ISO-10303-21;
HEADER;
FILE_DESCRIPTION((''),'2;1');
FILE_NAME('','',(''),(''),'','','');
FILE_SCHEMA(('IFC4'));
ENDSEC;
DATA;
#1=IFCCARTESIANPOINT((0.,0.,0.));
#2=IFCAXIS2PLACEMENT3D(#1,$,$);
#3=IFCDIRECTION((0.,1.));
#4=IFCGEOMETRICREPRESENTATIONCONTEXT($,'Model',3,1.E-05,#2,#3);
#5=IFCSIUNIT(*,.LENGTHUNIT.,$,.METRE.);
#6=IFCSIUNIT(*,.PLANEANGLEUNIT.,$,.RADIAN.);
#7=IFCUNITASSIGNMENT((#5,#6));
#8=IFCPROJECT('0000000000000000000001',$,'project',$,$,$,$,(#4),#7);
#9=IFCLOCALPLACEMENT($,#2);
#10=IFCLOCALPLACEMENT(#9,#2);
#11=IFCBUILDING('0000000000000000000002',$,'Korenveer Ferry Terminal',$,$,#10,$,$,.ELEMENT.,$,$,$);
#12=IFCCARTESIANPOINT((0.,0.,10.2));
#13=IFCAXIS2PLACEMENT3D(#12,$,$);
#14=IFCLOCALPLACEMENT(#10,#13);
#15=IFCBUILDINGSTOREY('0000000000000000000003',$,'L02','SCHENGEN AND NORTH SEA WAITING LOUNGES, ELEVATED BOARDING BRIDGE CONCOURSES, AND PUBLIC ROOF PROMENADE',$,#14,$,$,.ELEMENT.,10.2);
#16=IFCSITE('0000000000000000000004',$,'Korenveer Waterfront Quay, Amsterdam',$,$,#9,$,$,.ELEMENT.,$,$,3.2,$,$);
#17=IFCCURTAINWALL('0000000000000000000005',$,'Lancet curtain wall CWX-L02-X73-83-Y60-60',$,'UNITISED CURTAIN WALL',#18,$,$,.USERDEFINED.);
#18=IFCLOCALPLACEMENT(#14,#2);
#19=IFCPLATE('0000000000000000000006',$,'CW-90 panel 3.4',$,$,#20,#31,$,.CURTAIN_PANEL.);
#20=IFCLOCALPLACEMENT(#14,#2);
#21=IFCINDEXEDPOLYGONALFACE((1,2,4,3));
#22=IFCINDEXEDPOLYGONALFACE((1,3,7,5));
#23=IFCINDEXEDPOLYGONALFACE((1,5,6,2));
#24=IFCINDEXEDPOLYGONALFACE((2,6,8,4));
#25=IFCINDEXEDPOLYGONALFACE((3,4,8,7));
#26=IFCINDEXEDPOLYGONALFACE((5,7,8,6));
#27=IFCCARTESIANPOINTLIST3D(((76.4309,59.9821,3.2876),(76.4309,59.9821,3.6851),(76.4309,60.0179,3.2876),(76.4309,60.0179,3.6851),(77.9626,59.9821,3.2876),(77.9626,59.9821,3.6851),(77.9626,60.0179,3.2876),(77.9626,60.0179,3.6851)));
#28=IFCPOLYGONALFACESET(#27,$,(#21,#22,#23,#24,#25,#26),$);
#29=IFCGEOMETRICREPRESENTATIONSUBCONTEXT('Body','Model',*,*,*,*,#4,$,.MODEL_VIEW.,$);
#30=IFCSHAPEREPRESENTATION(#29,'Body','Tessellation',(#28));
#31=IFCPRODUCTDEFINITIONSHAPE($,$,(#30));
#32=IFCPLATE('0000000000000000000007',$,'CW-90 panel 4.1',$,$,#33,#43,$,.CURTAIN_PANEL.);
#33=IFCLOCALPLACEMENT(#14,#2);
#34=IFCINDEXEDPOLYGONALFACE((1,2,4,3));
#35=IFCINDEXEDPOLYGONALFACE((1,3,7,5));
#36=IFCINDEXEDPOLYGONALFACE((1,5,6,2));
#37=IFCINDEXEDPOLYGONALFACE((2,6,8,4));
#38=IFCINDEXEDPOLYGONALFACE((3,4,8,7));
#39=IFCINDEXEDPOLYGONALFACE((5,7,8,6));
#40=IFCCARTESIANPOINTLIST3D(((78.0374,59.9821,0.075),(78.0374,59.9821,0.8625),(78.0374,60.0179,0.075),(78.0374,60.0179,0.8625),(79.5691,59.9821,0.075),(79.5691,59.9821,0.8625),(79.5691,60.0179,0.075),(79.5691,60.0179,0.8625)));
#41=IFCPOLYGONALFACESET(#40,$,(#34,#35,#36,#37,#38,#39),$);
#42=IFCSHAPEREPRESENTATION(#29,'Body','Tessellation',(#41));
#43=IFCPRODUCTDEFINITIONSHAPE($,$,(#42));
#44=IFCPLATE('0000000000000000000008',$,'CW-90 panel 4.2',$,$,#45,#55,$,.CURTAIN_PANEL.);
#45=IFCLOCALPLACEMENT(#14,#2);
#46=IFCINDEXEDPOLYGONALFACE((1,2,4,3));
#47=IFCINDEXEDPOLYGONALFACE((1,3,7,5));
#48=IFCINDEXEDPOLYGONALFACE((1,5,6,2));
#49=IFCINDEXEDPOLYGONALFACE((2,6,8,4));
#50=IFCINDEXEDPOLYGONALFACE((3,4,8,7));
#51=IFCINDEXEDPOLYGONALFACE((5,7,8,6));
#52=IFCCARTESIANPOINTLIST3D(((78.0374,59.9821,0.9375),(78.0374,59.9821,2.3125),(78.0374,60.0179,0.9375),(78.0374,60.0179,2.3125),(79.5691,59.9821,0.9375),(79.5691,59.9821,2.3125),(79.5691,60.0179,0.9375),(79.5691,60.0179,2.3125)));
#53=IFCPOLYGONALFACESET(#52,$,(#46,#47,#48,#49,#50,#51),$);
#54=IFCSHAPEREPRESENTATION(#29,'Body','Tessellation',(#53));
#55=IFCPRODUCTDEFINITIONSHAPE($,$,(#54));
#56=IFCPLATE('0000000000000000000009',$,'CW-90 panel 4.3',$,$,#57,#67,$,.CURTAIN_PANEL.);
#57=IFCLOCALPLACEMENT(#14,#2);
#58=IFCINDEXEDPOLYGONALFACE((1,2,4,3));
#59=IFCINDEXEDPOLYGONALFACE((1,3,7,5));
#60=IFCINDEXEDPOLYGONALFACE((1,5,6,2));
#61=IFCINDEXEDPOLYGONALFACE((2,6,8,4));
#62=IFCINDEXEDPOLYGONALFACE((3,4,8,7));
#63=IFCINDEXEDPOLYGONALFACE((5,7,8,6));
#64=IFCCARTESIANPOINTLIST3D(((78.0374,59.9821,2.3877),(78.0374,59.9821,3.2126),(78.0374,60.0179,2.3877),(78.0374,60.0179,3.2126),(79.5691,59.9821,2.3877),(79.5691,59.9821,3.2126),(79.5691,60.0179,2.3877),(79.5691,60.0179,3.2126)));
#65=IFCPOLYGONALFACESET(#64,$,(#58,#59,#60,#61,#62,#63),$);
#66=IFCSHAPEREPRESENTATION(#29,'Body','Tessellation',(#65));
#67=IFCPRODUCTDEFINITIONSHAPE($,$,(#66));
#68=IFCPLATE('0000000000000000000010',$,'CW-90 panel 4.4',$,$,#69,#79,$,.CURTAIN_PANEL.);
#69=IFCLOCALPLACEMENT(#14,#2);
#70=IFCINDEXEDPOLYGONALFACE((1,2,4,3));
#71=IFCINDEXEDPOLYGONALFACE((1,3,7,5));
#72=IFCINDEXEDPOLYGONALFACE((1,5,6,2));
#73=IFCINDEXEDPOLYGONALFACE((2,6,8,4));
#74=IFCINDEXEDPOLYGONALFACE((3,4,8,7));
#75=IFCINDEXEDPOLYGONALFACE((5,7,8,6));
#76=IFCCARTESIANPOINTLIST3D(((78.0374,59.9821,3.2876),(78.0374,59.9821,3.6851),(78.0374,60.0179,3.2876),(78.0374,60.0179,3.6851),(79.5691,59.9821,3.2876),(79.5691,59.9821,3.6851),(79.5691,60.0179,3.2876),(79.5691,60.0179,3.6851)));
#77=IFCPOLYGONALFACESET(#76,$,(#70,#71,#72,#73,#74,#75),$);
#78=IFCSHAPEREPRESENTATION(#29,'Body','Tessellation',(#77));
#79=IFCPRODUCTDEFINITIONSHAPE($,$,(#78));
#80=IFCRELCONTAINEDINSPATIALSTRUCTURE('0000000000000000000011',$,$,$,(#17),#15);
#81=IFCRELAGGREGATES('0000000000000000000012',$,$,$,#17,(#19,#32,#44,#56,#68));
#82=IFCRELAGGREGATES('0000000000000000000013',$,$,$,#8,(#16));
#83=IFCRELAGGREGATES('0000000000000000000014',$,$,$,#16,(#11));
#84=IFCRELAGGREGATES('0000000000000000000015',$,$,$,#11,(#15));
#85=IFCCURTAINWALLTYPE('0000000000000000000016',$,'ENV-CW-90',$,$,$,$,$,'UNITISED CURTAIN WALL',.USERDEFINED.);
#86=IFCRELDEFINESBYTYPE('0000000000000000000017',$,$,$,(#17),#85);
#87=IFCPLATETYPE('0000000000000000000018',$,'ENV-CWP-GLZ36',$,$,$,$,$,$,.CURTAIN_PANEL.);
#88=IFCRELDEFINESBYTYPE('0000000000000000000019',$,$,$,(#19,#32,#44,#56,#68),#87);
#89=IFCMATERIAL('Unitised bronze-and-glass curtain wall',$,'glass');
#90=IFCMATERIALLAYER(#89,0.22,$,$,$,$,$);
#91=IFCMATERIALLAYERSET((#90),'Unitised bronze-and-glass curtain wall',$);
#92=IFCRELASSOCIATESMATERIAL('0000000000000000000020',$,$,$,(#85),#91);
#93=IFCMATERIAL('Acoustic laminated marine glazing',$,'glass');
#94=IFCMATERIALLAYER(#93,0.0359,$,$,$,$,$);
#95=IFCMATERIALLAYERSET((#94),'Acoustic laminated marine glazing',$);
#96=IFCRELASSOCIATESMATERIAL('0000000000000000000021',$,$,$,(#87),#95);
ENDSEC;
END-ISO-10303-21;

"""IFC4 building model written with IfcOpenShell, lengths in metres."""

from ifc_helpers import new_model, si_unit, direction, frame, origin, origin_2d, place, context, subcontext, project, spatial, rectangle, extrude, material, layer, layer_set, type_object, element, aggregate, save


model = new_model("IFC4")

# Units and contexts
model_context = context("Model", 3, precision=1e-05, world=origin(), true_north=direction((0.0, 1.0)))
body_context = subcontext(model_context, "Body", "Model", "MODEL_VIEW")
ifc_project = project(units=[si_unit("LENGTHUNIT", "METRE"), si_unit("PLANEANGLEUNIT", "RADIAN")], contexts=[model_context])

# Site, building, storey
site_placement = place(None, origin())
site = spatial("IfcSite", under=ifc_project, at=site_placement, Name="Korenveer Waterfront Quay, Amsterdam", CompositionType="ELEMENT", RefElevation=3.2)
building_placement = place(site_placement, origin())
building = spatial("IfcBuilding", under=site, at=building_placement, Name="Korenveer Ferry Terminal", CompositionType="ELEMENT")
storey_placement = place(building_placement, frame((0.0, 0.0, 10.2)))
storey = spatial("IfcBuildingStorey", under=building, at=storey_placement, Name="L02", Description="SCHENGEN AND NORTH SEA WAITING LOUNGES, ELEVATED BOARDING BRIDGE CONCOURSES, AND PUBLIC ROOF PROMENADE", CompositionType="ELEMENT", Elevation=10.2)

# Curtain wall, plates
ifc_material_1 = material(Name="Unitised bronze-and-glass curtain wall", Category="glass")
ifc_layer_1 = layer(ifc_material_1, 0.22)
ifc_layer_set_1 = layer_set([ifc_layer_1], Name="Unitised bronze-and-glass curtain wall")
curtain_wall_type = type_object("IfcCurtainWallType", Name="ENV-CW-90", ElementType="UNITISED CURTAIN WALL", PredefinedType="USERDEFINED", material=ifc_layer_set_1)
curtain_wall_placement = place(storey_placement, frame((73.1799, 60.0, 0.0)))
curtain_wall = element("IfcCurtainWall", 1, at=curtain_wall_placement, inside=storey, type_object=curtain_wall_type, Name="Lancet curtain wall CWX-L02-X73-83-Y60-60", ObjectType="UNITISED CURTAIN WALL", PredefinedType="USERDEFINED")
ifc_material_2 = material(Name="Acoustic laminated marine glazing", Category="glass")
ifc_layer_2 = layer(ifc_material_2, 0.0359)
ifc_layer_set_2 = layer_set([ifc_layer_2], Name="Acoustic laminated marine glazing")
plate_type = type_object("IfcPlateType", Name="ENV-CWP-GLZ36", PredefinedType="CURTAIN_PANEL", material=ifc_layer_set_2)
plate_1_placement = place(storey_placement, frame((77.1968, 60.0, 3.2876), z_axis=(0.0, 0.0, 1.0), x_axis=(1.0, 0.0, 0.0)))
plate_1 = element("IfcPlate", 2, at=plate_1_placement, type_object=plate_type, Name="CW-90 panel 3.4", PredefinedType="CURTAIN_PANEL", context=body_context, shape_type="SweptSolid", body=[
    extrude(rectangle(XDim=1.5317, YDim=0.0359, at=origin_2d()), origin(), (0.0, 0.0, 1.0), 0.3975),
])
plate_2_placement = place(storey_placement, frame((78.8032, 60.0, 0.075), z_axis=(0.0, 0.0, 1.0), x_axis=(1.0, 0.0, 0.0)))
plate_2 = element("IfcPlate", 3, at=plate_2_placement, type_object=plate_type, Name="CW-90 panel 4.1", PredefinedType="CURTAIN_PANEL", context=body_context, shape_type="SweptSolid", body=[
    extrude(rectangle(XDim=1.5317, YDim=0.0359, at=origin_2d()), origin(), (0.0, 0.0, 1.0), 0.7876),
])
plate_3_placement = place(storey_placement, frame((78.8032, 60.0, 0.9375), z_axis=(0.0, 0.0, 1.0), x_axis=(1.0, 0.0, 0.0)))
plate_3 = element("IfcPlate", 4, at=plate_3_placement, type_object=plate_type, Name="CW-90 panel 4.2", PredefinedType="CURTAIN_PANEL", context=body_context, shape_type="SweptSolid", body=[
    extrude(rectangle(XDim=1.5317, YDim=0.0359, at=origin_2d()), origin(), (0.0, 0.0, 1.0), 1.375),
])
plate_4_placement = place(storey_placement, frame((78.8032, 60.0, 2.3877), z_axis=(0.0, 0.0, 1.0), x_axis=(1.0, 0.0, 0.0)))
plate_4 = element("IfcPlate", 5, at=plate_4_placement, type_object=plate_type, Name="CW-90 panel 4.3", PredefinedType="CURTAIN_PANEL", context=body_context, shape_type="SweptSolid", body=[
    extrude(rectangle(XDim=1.5317, YDim=0.0359, at=origin_2d()), origin(), (0.0, 0.0, 1.0), 0.825),
])
plate_5_placement = place(storey_placement, frame((78.8032, 60.0, 3.2876), z_axis=(0.0, 0.0, 1.0), x_axis=(1.0, 0.0, 0.0)))
plate_5 = element("IfcPlate", 6, at=plate_5_placement, type_object=plate_type, Name="CW-90 panel 4.4", PredefinedType="CURTAIN_PANEL", context=body_context, shape_type="SweptSolid", body=[
    extrude(rectangle(XDim=1.5317, YDim=0.0359, at=origin_2d()), origin(), (0.0, 0.0, 1.0), 0.3975),
])
aggregate(curtain_wall, [plate_1, plate_2, plate_3, plate_4, plate_5])

save(model, "model.ifc")
